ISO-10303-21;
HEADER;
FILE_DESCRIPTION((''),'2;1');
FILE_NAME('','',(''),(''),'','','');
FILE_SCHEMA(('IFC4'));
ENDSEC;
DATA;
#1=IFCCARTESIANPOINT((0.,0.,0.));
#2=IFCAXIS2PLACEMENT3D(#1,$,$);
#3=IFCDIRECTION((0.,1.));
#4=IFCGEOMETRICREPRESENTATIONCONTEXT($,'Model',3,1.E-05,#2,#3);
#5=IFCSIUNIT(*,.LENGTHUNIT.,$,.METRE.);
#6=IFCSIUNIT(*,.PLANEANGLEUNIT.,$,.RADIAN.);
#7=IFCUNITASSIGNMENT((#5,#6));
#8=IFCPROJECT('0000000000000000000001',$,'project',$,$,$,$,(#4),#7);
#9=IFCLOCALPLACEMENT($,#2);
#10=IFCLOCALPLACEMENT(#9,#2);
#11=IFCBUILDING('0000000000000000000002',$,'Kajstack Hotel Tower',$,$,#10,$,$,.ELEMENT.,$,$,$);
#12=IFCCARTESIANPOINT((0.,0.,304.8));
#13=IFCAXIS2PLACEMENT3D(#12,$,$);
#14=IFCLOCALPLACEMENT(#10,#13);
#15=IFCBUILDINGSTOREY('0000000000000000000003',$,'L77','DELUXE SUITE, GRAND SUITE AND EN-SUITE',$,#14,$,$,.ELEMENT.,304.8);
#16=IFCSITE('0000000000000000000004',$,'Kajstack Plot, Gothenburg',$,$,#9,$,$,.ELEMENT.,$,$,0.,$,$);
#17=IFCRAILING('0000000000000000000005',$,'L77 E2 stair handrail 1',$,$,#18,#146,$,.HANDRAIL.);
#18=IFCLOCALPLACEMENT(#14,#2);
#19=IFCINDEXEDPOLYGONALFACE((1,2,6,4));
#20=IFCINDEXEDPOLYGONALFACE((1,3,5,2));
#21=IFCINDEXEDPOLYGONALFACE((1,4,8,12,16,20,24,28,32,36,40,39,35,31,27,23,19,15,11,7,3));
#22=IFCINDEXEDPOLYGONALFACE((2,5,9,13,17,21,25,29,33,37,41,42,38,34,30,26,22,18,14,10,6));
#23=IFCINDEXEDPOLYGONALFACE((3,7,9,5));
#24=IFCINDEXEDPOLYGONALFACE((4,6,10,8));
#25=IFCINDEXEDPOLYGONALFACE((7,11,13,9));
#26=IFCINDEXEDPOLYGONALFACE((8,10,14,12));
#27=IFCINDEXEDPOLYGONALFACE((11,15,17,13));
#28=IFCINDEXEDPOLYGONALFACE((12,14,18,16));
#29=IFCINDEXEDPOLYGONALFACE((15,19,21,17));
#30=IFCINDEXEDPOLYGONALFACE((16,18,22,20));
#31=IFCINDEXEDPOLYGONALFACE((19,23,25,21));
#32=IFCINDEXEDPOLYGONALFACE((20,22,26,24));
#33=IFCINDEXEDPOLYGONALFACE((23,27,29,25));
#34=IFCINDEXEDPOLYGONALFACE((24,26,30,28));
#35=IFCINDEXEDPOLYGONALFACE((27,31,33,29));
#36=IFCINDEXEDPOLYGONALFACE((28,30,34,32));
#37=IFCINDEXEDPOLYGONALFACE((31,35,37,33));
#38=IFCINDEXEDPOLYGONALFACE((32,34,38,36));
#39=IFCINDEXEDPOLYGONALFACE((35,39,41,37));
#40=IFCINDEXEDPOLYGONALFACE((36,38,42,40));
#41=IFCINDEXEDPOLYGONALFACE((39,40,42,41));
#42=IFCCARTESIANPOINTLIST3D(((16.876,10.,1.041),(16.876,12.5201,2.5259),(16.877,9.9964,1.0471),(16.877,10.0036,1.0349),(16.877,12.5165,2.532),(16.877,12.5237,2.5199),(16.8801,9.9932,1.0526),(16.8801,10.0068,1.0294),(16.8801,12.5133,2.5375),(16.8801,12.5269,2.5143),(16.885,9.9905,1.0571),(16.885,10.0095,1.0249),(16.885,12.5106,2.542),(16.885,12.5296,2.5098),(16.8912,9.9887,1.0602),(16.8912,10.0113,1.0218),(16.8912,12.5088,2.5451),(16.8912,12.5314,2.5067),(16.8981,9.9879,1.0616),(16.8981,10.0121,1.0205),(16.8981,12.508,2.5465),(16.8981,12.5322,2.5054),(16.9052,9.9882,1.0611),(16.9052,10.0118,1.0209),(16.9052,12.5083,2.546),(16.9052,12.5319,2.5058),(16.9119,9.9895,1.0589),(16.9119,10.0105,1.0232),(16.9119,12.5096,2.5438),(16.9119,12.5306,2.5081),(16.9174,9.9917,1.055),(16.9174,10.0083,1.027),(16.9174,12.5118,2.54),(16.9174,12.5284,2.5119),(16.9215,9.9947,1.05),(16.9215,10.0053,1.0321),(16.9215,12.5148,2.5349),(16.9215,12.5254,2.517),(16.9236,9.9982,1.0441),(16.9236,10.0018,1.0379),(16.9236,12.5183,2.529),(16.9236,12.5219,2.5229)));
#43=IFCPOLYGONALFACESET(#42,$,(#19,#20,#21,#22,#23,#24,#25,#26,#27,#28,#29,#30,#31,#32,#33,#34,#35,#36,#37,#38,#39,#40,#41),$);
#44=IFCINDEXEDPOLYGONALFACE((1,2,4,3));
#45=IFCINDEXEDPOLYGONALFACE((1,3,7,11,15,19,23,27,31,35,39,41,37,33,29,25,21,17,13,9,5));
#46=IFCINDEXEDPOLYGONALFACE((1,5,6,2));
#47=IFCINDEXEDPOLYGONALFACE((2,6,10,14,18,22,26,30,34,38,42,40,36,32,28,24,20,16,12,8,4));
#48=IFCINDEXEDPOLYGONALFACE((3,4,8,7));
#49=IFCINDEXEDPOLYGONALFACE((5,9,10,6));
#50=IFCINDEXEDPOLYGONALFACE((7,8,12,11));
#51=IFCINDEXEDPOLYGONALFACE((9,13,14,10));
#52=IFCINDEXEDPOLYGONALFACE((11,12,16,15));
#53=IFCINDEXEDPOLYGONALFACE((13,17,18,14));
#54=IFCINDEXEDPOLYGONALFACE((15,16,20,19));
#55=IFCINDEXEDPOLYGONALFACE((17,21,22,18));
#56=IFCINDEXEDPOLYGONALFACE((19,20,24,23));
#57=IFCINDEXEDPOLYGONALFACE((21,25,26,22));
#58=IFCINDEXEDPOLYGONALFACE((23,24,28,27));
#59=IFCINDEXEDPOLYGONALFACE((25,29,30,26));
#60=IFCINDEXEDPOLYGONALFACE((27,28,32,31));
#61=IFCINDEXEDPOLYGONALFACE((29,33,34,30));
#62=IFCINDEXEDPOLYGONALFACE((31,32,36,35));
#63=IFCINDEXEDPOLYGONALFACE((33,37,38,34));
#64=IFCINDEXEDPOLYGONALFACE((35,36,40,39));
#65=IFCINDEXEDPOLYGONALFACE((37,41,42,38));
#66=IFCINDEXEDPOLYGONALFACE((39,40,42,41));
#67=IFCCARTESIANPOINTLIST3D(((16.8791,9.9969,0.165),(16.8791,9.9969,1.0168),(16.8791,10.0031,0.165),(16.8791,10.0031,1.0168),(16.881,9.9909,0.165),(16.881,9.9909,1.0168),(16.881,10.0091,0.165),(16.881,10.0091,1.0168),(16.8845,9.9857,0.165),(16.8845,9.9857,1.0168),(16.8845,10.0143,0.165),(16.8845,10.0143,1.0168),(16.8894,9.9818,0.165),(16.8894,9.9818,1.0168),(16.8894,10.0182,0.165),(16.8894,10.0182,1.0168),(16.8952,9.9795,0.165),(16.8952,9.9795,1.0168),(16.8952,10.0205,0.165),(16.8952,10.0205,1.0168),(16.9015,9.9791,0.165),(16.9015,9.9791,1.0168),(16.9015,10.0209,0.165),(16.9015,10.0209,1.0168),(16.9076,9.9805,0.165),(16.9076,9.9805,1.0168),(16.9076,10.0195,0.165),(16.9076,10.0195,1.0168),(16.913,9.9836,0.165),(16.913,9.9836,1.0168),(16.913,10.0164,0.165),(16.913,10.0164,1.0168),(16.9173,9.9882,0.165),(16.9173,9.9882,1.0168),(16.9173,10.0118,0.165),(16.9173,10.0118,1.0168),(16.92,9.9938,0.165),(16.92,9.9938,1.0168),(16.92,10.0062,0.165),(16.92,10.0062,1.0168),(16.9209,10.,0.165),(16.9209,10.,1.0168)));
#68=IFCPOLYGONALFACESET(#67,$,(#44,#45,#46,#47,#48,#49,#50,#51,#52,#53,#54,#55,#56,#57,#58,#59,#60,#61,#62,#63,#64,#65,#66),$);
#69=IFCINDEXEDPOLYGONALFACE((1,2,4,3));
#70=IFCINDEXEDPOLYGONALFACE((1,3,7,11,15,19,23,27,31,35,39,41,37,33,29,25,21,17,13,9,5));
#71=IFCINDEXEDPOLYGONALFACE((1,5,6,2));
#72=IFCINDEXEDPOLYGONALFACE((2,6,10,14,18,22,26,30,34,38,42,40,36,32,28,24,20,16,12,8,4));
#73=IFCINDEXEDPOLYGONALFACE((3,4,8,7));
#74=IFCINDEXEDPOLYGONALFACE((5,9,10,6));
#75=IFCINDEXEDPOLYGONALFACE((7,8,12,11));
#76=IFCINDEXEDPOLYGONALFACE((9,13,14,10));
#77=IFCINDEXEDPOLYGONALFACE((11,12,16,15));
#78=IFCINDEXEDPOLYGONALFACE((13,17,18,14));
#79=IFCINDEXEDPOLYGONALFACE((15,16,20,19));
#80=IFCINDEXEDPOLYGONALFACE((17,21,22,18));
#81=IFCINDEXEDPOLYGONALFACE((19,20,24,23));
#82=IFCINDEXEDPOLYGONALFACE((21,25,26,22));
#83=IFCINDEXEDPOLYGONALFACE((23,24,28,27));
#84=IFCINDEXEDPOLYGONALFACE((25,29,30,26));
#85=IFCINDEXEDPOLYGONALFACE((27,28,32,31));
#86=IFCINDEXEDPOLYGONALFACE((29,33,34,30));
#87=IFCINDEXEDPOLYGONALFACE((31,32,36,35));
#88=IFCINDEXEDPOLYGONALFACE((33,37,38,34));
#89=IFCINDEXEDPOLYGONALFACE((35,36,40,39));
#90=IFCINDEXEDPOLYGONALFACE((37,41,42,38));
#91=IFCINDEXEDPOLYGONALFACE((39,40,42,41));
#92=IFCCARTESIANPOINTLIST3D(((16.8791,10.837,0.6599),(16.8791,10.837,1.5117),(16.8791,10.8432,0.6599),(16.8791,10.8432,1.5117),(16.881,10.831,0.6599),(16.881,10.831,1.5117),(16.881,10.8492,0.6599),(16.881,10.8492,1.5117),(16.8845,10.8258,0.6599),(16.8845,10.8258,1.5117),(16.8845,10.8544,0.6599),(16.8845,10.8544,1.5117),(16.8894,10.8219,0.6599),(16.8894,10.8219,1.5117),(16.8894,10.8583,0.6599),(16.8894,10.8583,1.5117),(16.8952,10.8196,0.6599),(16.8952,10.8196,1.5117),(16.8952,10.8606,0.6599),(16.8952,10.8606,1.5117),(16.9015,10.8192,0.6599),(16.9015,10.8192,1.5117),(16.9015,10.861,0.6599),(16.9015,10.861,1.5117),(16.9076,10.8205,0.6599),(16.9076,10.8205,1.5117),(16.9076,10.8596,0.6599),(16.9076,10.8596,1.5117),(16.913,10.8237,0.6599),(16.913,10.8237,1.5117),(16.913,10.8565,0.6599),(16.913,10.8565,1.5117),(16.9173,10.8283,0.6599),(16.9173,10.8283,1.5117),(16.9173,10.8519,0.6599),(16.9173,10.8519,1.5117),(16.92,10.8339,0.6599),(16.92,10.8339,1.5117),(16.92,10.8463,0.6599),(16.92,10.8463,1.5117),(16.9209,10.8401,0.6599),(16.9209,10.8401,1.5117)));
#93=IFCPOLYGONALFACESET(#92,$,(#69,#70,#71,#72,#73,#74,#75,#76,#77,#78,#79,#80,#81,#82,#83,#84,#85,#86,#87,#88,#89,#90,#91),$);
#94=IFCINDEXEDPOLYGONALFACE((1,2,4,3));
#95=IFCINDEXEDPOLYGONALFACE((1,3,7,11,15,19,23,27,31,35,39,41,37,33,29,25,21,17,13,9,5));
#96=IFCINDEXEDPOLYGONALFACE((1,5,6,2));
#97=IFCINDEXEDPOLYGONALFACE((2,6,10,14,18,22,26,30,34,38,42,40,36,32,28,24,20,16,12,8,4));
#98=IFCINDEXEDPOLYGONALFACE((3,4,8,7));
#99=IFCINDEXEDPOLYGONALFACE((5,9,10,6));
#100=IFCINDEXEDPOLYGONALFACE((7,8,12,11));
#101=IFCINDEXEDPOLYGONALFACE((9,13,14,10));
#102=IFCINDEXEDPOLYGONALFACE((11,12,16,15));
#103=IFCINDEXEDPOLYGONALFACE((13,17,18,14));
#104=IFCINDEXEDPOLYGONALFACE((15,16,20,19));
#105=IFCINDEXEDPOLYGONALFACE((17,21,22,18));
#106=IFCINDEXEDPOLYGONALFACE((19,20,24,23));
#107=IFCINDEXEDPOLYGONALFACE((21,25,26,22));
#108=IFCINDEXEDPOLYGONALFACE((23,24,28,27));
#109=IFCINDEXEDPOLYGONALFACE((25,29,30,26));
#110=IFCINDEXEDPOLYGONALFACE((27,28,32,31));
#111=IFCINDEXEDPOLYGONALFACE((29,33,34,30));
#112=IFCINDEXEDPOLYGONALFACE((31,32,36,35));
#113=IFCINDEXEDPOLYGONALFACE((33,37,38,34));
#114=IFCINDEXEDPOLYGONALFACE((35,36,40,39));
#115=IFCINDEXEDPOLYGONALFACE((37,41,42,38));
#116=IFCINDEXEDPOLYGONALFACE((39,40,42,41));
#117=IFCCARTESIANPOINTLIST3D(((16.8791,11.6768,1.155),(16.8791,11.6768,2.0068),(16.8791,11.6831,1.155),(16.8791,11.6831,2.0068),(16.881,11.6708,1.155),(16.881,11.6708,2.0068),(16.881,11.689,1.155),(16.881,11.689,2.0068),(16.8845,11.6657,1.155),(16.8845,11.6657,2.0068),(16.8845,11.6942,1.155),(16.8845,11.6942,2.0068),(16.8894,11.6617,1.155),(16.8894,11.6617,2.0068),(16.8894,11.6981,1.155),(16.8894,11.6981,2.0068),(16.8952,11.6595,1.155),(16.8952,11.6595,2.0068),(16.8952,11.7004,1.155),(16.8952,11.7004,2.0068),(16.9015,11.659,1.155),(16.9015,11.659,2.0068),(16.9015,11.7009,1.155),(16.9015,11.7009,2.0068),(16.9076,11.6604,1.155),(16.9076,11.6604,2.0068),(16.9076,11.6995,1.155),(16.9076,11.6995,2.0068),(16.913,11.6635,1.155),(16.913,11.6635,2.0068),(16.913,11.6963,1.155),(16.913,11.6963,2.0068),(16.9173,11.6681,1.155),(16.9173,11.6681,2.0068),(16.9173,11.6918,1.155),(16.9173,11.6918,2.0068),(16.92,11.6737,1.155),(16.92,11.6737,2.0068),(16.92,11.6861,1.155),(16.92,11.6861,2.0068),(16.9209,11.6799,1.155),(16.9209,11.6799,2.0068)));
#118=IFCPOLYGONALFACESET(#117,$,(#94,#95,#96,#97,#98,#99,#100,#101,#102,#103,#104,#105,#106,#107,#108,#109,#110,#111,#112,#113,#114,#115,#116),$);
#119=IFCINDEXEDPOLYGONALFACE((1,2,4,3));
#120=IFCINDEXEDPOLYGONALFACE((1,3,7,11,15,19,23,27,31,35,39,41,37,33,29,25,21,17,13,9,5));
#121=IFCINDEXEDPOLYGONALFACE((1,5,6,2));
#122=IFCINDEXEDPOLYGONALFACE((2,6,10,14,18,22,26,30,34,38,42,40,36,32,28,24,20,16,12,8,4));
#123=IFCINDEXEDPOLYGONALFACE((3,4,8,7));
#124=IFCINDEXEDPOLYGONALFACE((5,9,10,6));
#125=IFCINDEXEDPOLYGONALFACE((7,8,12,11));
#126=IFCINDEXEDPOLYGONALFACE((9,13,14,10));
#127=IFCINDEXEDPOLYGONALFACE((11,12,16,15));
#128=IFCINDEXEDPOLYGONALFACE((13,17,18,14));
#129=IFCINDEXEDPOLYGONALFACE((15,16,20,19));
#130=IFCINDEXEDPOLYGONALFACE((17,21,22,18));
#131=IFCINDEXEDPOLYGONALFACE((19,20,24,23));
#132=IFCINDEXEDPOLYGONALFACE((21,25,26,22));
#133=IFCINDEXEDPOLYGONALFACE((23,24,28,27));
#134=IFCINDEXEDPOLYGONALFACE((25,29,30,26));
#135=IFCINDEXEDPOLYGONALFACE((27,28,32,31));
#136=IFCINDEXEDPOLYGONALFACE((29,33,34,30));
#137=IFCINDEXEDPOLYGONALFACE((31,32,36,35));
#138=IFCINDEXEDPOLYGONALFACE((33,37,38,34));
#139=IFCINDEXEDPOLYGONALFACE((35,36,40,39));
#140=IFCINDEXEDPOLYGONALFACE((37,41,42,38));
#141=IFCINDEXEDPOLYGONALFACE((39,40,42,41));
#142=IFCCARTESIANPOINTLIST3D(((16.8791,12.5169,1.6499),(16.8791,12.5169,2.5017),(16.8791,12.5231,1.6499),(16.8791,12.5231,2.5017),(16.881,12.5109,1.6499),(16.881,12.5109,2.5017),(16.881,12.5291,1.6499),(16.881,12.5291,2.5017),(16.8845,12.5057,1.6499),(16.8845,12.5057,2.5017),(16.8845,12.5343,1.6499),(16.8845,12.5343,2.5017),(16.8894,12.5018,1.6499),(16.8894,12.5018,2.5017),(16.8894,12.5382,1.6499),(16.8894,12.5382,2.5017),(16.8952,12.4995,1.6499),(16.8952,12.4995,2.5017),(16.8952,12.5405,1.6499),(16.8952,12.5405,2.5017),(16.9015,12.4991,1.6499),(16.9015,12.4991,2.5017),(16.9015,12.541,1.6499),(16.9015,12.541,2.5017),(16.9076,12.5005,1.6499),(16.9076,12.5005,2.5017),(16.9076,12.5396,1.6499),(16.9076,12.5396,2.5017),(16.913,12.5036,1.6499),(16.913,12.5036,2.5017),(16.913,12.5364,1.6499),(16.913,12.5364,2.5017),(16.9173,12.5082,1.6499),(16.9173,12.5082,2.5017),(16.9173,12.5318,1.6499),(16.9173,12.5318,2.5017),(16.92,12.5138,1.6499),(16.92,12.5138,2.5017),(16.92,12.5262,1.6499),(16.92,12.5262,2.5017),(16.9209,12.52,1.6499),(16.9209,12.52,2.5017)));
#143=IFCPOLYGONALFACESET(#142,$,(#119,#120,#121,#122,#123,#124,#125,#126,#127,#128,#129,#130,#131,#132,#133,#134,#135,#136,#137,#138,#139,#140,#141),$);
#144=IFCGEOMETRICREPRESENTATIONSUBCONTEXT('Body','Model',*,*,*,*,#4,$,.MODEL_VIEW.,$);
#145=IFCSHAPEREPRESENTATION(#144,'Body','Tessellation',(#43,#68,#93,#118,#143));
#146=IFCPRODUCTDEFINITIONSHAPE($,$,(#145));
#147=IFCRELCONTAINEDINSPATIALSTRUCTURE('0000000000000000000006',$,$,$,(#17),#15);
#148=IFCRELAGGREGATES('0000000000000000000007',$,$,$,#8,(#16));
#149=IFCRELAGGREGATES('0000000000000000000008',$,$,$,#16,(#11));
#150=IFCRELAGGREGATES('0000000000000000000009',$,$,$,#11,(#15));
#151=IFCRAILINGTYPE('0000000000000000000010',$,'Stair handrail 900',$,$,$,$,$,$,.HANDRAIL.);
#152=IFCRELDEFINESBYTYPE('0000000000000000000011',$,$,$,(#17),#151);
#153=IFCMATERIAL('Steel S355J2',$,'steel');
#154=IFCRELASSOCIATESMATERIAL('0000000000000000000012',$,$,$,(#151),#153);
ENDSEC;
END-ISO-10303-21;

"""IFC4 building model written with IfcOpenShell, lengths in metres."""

from ifc_helpers import new_model, si_unit, direction, frame, origin, origin_2d, place, context, subcontext, project, spatial, circle, extrude, material, type_object, element, save


model = new_model("IFC4")

# Units and contexts
model_context = context("Model", 3, precision=1e-05, world=origin(), true_north=direction((0.0, 1.0)))
body_context = subcontext(model_context, "Body", "Model", "MODEL_VIEW")
ifc_project = project(units=[si_unit("LENGTHUNIT", "METRE"), si_unit("PLANEANGLEUNIT", "RADIAN")], contexts=[model_context])

# Site, building, storey
site_placement = place(None, origin())
site = spatial("IfcSite", under=ifc_project, at=site_placement, Name="Kajstack Plot, Gothenburg", CompositionType="ELEMENT", RefElevation=0.0)
building_placement = place(site_placement, origin())
building = spatial("IfcBuilding", under=site, at=building_placement, Name="Kajstack Hotel Tower", CompositionType="ELEMENT")
storey_placement = place(building_placement, frame((0.0, 0.0, 304.8)))
storey = spatial("IfcBuildingStorey", under=building, at=storey_placement, Name="L77", Description="DELUXE SUITE, GRAND SUITE AND EN-SUITE", CompositionType="ELEMENT", Elevation=304.8)

# Railing
ifc_material_1 = material(Name="Steel S355J2", Category="steel")
railing_type_1 = type_object("IfcRailingType", Name="Stair handrail 900", PredefinedType="HANDRAIL", material=ifc_material_1)
railing_1_placement = place(storey_placement, frame((16.8999, 10.0, 0.165)))
element("IfcRailing", 1, at=railing_1_placement, inside=storey, type_object=railing_type_1, Name="L77 E2 stair handrail 1", PredefinedType="HANDRAIL", context=body_context, shape_type="SweptSolid", body=[
    extrude(circle(Radius=0.0239, at=origin_2d()), frame((0.0, 0.0, 0.876), z_axis=(0.0, 0.861561, 0.507655), x_axis=(-1.0, 0.0, 0.0)), (0.0, 0.0, 1.0), 2.925),
    extrude(circle(Radius=0.021, at=origin_2d()), origin(), (0.0, 0.0, 1.0), 0.8518),
    extrude(circle(Radius=0.021, at=origin_2d()), frame((0.0, 0.8401, 0.4949)), (0.0, 0.0, 1.0), 0.8518),
    extrude(circle(Radius=0.021, at=origin_2d()), frame((0.0, 1.6799, 0.99)), (0.0, 0.0, 1.0), 0.8518),
    extrude(circle(Radius=0.021, at=origin_2d()), frame((0.0, 2.52, 1.4849)), (0.0, 0.0, 1.0), 0.8518),
])

save(model, "model.ifc")
